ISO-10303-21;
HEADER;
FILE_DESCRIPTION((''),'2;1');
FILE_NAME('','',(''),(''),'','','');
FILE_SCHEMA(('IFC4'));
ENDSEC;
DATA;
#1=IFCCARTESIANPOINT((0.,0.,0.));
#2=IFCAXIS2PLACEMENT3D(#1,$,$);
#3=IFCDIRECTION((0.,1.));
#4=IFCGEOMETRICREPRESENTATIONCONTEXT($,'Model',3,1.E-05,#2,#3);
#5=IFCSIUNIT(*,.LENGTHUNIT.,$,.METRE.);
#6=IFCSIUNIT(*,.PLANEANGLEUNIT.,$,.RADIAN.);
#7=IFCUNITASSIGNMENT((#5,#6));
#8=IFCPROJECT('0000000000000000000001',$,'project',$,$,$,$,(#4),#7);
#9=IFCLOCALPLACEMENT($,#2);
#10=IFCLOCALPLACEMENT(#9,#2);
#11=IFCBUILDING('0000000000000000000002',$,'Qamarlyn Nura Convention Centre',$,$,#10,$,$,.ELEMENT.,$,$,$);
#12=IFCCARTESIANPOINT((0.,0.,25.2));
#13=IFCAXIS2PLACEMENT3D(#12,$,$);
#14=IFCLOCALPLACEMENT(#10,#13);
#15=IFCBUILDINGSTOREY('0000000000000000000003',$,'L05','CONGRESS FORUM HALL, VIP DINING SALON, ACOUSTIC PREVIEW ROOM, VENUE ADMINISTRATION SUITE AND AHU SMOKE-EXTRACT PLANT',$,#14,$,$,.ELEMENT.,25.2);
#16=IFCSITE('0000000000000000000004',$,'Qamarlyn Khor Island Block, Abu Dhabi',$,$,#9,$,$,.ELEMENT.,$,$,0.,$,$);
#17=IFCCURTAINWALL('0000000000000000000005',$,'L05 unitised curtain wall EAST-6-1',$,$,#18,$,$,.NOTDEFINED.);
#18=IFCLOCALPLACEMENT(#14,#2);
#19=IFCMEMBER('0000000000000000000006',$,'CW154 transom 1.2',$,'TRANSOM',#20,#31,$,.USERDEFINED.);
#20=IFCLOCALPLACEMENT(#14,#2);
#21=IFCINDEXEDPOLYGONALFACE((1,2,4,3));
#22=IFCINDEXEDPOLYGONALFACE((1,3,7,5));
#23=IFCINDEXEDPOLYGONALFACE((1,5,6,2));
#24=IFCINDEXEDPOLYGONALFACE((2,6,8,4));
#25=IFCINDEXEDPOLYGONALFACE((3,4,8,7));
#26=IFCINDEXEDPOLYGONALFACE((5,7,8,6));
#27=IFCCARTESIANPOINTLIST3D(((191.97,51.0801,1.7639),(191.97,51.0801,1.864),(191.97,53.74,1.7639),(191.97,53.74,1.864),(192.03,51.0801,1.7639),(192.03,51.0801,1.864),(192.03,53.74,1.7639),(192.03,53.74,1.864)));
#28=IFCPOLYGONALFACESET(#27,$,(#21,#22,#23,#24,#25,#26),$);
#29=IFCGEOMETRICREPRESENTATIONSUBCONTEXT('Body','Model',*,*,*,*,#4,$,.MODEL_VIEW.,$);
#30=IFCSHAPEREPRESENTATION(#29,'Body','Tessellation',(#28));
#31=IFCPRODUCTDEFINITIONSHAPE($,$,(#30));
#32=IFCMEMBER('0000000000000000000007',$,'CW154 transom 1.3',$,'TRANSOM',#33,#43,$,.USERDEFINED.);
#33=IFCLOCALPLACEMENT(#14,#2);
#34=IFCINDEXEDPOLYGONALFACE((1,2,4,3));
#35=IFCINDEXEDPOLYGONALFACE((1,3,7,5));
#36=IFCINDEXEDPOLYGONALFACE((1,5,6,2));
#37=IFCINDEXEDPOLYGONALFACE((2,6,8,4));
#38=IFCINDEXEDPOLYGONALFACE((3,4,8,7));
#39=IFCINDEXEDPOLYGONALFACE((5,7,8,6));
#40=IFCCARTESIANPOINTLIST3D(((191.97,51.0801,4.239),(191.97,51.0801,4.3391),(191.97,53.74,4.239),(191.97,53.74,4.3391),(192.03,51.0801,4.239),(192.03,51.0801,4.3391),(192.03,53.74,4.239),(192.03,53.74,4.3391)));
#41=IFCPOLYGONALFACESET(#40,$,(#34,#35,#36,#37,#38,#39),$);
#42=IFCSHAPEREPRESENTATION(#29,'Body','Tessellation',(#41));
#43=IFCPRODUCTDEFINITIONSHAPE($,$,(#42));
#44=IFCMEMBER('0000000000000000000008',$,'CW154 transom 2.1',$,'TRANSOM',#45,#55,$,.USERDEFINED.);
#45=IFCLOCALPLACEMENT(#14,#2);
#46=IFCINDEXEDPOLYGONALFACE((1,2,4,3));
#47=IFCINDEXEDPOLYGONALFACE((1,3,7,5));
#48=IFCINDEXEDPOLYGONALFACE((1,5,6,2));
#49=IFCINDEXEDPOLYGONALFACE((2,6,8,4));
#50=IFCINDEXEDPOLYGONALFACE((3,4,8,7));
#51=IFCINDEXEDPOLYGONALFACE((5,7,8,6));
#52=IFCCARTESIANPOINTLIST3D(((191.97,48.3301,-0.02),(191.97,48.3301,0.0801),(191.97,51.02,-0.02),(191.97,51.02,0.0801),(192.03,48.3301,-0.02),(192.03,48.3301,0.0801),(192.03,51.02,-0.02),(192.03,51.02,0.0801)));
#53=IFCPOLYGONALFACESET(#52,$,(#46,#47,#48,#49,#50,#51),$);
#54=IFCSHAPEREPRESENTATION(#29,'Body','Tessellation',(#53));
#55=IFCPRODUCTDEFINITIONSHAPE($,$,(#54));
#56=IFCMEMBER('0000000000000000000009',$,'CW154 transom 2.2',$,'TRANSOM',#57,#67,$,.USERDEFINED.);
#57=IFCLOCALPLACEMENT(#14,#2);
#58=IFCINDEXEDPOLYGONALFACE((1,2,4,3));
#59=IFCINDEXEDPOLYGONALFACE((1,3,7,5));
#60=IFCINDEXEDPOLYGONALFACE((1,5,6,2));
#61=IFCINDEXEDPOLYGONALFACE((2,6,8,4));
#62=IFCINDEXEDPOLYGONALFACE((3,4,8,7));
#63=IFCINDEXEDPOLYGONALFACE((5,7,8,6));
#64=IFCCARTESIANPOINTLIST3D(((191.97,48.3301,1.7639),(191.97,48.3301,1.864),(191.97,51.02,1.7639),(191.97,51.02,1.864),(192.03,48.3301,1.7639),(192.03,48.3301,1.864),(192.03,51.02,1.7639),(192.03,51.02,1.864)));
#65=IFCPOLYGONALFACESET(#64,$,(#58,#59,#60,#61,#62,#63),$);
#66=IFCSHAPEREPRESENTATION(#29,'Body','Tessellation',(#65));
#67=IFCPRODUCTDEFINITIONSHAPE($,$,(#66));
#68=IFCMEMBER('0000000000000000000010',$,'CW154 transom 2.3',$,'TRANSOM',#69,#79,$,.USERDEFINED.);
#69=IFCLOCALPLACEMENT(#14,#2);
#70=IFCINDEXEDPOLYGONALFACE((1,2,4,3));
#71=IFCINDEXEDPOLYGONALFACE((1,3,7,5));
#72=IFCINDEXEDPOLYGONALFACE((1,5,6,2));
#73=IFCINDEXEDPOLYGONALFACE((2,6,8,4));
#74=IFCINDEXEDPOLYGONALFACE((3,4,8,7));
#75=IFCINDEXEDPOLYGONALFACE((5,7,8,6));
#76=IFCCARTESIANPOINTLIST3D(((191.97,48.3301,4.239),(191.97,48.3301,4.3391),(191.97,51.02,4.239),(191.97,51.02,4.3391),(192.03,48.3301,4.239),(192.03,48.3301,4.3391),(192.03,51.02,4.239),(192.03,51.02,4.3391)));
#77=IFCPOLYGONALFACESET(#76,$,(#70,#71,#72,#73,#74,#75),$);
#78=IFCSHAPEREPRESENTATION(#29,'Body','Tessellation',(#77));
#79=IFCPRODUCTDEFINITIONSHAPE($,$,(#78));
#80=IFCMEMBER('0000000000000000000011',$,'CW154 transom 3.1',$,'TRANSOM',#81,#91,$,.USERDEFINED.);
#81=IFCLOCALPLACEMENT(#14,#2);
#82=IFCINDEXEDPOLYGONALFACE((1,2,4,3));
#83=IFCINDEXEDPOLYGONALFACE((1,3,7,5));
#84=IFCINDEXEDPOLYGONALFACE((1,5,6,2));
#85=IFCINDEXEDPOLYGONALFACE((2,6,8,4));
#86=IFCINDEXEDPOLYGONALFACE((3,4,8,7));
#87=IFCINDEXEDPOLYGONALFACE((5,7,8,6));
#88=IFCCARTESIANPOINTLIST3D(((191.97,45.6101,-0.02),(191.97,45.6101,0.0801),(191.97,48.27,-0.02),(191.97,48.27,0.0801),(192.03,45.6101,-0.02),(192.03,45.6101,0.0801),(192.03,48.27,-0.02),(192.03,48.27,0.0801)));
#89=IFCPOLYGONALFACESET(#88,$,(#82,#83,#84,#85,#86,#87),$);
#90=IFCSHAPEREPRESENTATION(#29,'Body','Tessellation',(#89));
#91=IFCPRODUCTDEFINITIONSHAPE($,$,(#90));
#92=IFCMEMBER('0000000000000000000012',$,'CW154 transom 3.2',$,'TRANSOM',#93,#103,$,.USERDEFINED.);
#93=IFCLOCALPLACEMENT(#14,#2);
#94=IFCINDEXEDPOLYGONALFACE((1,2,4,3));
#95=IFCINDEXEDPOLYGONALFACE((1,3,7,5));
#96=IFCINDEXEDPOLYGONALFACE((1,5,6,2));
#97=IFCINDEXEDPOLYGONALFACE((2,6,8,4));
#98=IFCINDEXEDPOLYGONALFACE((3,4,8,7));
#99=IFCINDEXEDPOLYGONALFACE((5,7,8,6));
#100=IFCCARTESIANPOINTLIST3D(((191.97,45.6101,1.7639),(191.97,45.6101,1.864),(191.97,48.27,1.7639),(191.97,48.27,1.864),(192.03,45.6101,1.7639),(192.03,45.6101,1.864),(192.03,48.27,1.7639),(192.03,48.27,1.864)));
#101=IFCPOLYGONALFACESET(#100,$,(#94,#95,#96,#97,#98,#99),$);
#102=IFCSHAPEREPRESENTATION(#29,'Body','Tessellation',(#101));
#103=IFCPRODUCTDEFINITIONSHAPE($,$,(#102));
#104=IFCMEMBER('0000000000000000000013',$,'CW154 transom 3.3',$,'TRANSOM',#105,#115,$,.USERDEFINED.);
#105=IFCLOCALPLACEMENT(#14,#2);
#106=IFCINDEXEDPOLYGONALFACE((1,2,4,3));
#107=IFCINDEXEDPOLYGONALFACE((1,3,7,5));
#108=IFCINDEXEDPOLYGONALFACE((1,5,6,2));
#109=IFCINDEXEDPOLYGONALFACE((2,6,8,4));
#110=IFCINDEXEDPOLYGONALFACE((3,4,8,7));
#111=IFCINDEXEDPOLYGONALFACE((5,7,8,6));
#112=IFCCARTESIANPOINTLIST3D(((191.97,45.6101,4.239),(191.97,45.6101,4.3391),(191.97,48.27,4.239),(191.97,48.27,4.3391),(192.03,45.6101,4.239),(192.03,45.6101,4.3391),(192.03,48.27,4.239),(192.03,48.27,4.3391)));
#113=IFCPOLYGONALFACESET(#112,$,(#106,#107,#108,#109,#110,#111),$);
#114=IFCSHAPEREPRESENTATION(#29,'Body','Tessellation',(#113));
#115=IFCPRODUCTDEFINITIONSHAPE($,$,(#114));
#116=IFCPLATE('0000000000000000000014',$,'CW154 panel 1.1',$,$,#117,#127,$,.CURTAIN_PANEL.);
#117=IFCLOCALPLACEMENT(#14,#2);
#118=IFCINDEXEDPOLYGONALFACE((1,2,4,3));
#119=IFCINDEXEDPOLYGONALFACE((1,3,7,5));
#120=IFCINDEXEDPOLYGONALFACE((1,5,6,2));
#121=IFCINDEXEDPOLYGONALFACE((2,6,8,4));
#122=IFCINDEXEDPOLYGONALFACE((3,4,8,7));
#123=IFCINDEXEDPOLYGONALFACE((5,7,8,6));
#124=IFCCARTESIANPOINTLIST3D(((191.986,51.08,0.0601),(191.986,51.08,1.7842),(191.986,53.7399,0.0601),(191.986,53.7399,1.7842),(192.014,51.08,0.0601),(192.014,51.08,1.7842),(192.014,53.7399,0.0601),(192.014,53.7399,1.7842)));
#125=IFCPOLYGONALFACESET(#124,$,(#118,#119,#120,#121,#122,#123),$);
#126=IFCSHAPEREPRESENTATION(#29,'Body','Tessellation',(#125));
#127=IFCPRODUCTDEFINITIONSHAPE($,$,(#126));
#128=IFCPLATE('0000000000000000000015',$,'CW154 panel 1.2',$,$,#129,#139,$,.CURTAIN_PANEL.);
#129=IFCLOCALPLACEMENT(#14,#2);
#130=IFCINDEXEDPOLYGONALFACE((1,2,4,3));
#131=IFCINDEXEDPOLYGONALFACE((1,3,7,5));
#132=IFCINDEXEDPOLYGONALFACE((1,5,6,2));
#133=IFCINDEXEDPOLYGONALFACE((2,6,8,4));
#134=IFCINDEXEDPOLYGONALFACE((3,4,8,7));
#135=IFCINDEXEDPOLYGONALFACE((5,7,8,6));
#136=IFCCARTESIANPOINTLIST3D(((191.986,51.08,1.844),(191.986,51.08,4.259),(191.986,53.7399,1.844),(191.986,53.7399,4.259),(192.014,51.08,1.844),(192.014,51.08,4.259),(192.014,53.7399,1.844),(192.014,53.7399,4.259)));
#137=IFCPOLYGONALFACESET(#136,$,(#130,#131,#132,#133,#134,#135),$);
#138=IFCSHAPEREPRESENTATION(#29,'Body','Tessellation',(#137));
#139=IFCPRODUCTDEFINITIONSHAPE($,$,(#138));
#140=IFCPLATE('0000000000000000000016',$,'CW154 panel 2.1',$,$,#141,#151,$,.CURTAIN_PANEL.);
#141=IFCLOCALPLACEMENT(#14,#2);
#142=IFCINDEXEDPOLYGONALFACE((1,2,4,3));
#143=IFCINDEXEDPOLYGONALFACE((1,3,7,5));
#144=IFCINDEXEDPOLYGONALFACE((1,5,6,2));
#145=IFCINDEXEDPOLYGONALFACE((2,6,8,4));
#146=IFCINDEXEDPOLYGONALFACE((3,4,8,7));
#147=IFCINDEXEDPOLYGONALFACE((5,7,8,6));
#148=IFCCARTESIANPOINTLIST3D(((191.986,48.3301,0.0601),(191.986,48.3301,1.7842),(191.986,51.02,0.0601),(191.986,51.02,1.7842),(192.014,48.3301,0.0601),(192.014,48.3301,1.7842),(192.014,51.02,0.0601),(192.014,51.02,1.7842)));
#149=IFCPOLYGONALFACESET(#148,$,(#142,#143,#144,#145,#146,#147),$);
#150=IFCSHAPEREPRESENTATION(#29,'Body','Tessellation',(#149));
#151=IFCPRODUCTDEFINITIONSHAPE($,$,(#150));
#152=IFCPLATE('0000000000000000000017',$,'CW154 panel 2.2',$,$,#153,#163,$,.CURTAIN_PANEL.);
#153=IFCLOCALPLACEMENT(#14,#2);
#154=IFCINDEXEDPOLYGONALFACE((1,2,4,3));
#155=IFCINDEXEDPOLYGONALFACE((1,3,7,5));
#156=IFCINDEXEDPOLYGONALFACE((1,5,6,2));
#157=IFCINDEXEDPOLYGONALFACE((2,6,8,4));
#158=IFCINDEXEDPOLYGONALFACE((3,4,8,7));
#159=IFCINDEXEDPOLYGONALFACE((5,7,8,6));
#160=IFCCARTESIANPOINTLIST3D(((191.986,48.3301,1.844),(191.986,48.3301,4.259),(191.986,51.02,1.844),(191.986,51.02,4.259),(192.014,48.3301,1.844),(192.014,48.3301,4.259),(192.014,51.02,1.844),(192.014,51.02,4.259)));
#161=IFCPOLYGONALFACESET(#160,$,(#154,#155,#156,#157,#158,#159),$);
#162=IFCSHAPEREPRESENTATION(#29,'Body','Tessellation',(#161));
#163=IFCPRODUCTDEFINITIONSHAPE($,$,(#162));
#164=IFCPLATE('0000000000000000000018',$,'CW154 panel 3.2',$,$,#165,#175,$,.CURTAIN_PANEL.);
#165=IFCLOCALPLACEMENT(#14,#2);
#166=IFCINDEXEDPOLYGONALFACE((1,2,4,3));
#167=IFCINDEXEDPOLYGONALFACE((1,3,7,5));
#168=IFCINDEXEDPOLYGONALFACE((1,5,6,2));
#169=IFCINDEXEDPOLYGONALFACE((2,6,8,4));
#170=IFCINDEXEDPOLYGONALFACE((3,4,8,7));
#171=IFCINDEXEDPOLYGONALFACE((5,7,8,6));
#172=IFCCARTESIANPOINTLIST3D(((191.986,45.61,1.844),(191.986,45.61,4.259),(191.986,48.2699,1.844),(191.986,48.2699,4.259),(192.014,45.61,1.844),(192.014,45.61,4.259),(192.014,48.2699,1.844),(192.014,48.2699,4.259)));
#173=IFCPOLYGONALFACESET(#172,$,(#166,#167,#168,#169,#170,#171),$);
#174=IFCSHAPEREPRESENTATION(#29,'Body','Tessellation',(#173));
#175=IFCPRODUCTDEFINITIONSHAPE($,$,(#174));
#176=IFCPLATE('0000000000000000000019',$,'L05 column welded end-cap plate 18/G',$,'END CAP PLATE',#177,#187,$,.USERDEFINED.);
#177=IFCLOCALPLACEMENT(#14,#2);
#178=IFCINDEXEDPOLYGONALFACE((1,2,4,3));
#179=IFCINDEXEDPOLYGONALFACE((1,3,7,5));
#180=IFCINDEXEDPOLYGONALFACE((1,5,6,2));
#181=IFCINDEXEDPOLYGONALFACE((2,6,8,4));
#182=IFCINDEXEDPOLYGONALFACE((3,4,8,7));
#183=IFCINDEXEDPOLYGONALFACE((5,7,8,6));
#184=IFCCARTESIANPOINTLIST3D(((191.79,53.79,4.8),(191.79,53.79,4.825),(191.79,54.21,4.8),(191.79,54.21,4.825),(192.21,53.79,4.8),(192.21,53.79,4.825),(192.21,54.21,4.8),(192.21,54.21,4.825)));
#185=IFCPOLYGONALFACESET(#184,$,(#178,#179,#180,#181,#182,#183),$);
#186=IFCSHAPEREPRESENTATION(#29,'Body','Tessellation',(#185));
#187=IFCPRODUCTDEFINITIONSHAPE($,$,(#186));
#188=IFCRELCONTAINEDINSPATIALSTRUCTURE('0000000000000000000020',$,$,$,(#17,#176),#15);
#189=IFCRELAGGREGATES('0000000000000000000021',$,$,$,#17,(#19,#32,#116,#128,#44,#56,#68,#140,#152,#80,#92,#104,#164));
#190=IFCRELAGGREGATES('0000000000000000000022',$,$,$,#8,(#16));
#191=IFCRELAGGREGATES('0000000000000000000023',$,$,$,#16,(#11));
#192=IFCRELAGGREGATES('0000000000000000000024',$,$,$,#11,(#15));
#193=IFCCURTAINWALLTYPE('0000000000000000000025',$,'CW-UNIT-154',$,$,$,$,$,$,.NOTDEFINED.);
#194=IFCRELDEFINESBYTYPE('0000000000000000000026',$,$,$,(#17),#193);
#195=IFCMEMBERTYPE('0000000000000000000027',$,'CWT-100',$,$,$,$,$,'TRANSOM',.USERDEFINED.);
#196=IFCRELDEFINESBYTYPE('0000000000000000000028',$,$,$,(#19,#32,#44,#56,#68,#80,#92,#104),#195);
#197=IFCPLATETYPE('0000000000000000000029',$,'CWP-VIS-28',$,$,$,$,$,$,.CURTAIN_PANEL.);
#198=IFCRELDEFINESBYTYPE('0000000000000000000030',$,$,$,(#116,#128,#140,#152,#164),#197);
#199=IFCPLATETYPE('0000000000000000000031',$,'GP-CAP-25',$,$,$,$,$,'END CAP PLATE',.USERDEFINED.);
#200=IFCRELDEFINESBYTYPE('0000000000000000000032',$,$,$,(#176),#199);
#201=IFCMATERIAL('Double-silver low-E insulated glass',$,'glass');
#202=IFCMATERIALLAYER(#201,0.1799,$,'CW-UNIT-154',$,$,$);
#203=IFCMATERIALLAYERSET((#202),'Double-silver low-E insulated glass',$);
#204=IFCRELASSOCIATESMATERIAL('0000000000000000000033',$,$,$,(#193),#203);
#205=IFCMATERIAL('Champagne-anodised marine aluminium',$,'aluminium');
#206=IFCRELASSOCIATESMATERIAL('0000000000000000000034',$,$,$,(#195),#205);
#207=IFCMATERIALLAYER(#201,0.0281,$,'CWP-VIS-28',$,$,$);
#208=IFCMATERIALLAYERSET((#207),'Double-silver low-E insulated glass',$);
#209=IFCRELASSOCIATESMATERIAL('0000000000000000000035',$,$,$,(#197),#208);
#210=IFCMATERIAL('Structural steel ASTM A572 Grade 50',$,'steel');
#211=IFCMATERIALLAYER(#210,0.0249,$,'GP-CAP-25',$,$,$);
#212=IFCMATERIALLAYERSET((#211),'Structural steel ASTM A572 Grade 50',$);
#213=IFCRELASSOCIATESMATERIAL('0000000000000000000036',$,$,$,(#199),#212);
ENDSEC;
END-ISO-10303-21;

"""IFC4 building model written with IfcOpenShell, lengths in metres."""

from ifc_helpers import new_model, si_unit, direction, frame, origin, origin_2d, place, context, subcontext, project, spatial, rectangle, extrude, material, layer, layer_set, material_profile, profile_set, type_object, element, aggregate, save


model = new_model("IFC4")

# Units and contexts
model_context = context("Model", 3, precision=1e-05, world=origin(), true_north=direction((0.0, 1.0)))
body_context = subcontext(model_context, "Body", "Model", "MODEL_VIEW")
ifc_project = project(units=[si_unit("LENGTHUNIT", "METRE"), si_unit("PLANEANGLEUNIT", "RADIAN")], contexts=[model_context])

# Site, building, storey
site_placement = place(None, origin())
site = spatial("IfcSite", under=ifc_project, at=site_placement, Name="Qamarlyn Khor Island Block, Abu Dhabi", CompositionType="ELEMENT", RefElevation=0.0)
building_placement = place(site_placement, origin())
building = spatial("IfcBuilding", under=site, at=building_placement, Name="Qamarlyn Nura Convention Centre", CompositionType="ELEMENT")
storey_placement = place(building_placement, frame((0.0, 0.0, 25.2)))
storey = spatial("IfcBuildingStorey", under=building, at=storey_placement, Name="L05", Description="CONGRESS FORUM HALL, VIP DINING SALON, ACOUSTIC PREVIEW ROOM, VENUE ADMINISTRATION SUITE AND AHU SMOKE-EXTRACT PLANT", CompositionType="ELEMENT", Elevation=25.2)

# Curtain wall, members, plates
ifc_material_1 = material(Name="Double-silver low-E insulated glass", Category="glass")
ifc_layer_1 = layer(ifc_material_1, 0.1799, Name="CW-UNIT-154")
ifc_layer_set_1 = layer_set([ifc_layer_1], Name="Double-silver low-E insulated glass")
curtain_wall_type = type_object("IfcCurtainWallType", Name="CW-UNIT-154", PredefinedType="NOTDEFINED", material=ifc_layer_set_1)
curtain_wall_placement = place(storey_placement, origin())
curtain_wall = element("IfcCurtainWall", 1, at=curtain_wall_placement, inside=storey, type_object=curtain_wall_type, Name="L05 unitised curtain wall EAST-6-1", PredefinedType="NOTDEFINED")
ifc_material_2 = material(Name="Champagne-anodised marine aluminium", Category="aluminium")
ifc_material_profile_1 = material_profile(ifc_material_2, rectangle(XDim=0.0601, YDim=0.1001, at=origin_2d()), Name="ALU TRANSOM 60x100")
ifc_profile_set_1 = profile_set([ifc_material_profile_1], Name="Champagne-anodised marine aluminium")
member_type_1 = type_object("IfcMemberType", Name="CWT-100", ElementType="TRANSOM", PredefinedType="USERDEFINED", material=ifc_profile_set_1)
member_1_placement = place(storey_placement, frame((192.0, 53.74, 1.814), z_axis=(0.0, -1.0, 0.0), x_axis=(1.0, 0.0, 0.0)))
member_1 = element("IfcMember", 2, at=member_1_placement, type_object=member_type_1, Name="CW154 transom 1.2", ObjectType="TRANSOM", PredefinedType="USERDEFINED", context=body_context, shape_type="SweptSolid", body=[
    extrude(rectangle(XDim=0.0601, YDim=0.1001, at=origin_2d()), origin(), (0.0, 0.0, 1.0), 2.6599),
])
member_2_placement = place(storey_placement, frame((192.0, 53.74, 4.2891), z_axis=(0.0, -1.0, 0.0), x_axis=(1.0, 0.0, 0.0)))
member_2 = element("IfcMember", 3, at=member_2_placement, type_object=member_type_1, Name="CW154 transom 1.3", ObjectType="TRANSOM", PredefinedType="USERDEFINED", context=body_context, shape_type="SweptSolid", body=[
    extrude(rectangle(XDim=0.0601, YDim=0.1001, at=origin_2d()), origin(), (0.0, 0.0, 1.0), 2.6599),
])
member_3_placement = place(storey_placement, frame((192.0, 51.02, 0.03), z_axis=(0.0, -1.0, 0.0), x_axis=(1.0, 0.0, 0.0)))
member_3 = element("IfcMember", 4, at=member_3_placement, type_object=member_type_1, Name="CW154 transom 2.1", ObjectType="TRANSOM", PredefinedType="USERDEFINED", context=body_context, shape_type="SweptSolid", body=[
    extrude(rectangle(XDim=0.0601, YDim=0.1001, at=origin_2d()), origin(), (0.0, 0.0, 1.0), 2.6899),
])
member_4_placement = place(storey_placement, frame((192.0, 51.02, 1.814), z_axis=(0.0, -1.0, 0.0), x_axis=(1.0, 0.0, 0.0)))
member_4 = element("IfcMember", 5, at=member_4_placement, type_object=member_type_1, Name="CW154 transom 2.2", ObjectType="TRANSOM", PredefinedType="USERDEFINED", context=body_context, shape_type="SweptSolid", body=[
    extrude(rectangle(XDim=0.0601, YDim=0.1001, at=origin_2d()), origin(), (0.0, 0.0, 1.0), 2.6899),
])
member_5_placement = place(storey_placement, frame((192.0, 51.02, 4.2891), z_axis=(0.0, -1.0, 0.0), x_axis=(1.0, 0.0, 0.0)))
member_5 = element("IfcMember", 6, at=member_5_placement, type_object=member_type_1, Name="CW154 transom 2.3", ObjectType="TRANSOM", PredefinedType="USERDEFINED", context=body_context, shape_type="SweptSolid", body=[
    extrude(rectangle(XDim=0.0601, YDim=0.1001, at=origin_2d()), origin(), (0.0, 0.0, 1.0), 2.6899),
])
member_6_placement = place(storey_placement, frame((192.0, 48.27, 0.03), z_axis=(0.0, -1.0, 0.0), x_axis=(1.0, 0.0, 0.0)))
member_6 = element("IfcMember", 7, at=member_6_placement, type_object=member_type_1, Name="CW154 transom 3.1", ObjectType="TRANSOM", PredefinedType="USERDEFINED", context=body_context, shape_type="SweptSolid", body=[
    extrude(rectangle(XDim=0.0601, YDim=0.1001, at=origin_2d()), origin(), (0.0, 0.0, 1.0), 2.6599),
])
member_7_placement = place(storey_placement, frame((192.0, 48.27, 1.814), z_axis=(0.0, -1.0, 0.0), x_axis=(1.0, 0.0, 0.0)))
member_7 = element("IfcMember", 8, at=member_7_placement, type_object=member_type_1, Name="CW154 transom 3.2", ObjectType="TRANSOM", PredefinedType="USERDEFINED", context=body_context, shape_type="SweptSolid", body=[
    extrude(rectangle(XDim=0.0601, YDim=0.1001, at=origin_2d()), origin(), (0.0, 0.0, 1.0), 2.6599),
])
member_8_placement = place(storey_placement, frame((192.0, 48.27, 4.2891), z_axis=(0.0, -1.0, 0.0), x_axis=(1.0, 0.0, 0.0)))
member_8 = element("IfcMember", 9, at=member_8_placement, type_object=member_type_1, Name="CW154 transom 3.3", ObjectType="TRANSOM", PredefinedType="USERDEFINED", context=body_context, shape_type="SweptSolid", body=[
    extrude(rectangle(XDim=0.0601, YDim=0.1001, at=origin_2d()), origin(), (0.0, 0.0, 1.0), 2.6599),
])
ifc_layer_2 = layer(ifc_material_1, 0.0281, Name="CWP-VIS-28")
ifc_layer_set_2 = layer_set([ifc_layer_2], Name="Double-silver low-E insulated glass")
plate_type_1 = type_object("IfcPlateType", Name="CWP-VIS-28", PredefinedType="CURTAIN_PANEL", material=ifc_layer_set_2)
plate_1_placement = place(storey_placement, frame((192.0, 52.4099, 0.0601), z_axis=(0.0, 0.0, 1.0), x_axis=(0.0, -1.0, 0.0)))
plate_1 = element("IfcPlate", 10, at=plate_1_placement, type_object=plate_type_1, Name="CW154 panel 1.1", PredefinedType="CURTAIN_PANEL", context=body_context, shape_type="SweptSolid", body=[
    extrude(rectangle(XDim=2.6599, YDim=0.0281, at=origin_2d()), origin(), (0.0, 0.0, 1.0), 1.7241),
])
plate_2_placement = place(storey_placement, frame((192.0, 52.4099, 1.844), z_axis=(0.0, 0.0, 1.0), x_axis=(0.0, -1.0, 0.0)))
plate_2 = element("IfcPlate", 11, at=plate_2_placement, type_object=plate_type_1, Name="CW154 panel 1.2", PredefinedType="CURTAIN_PANEL", context=body_context, shape_type="SweptSolid", body=[
    extrude(rectangle(XDim=2.6599, YDim=0.0281, at=origin_2d()), origin(), (0.0, 0.0, 1.0), 2.415),
])
plate_3_placement = place(storey_placement, frame((192.0, 49.675, 0.0601), z_axis=(0.0, 0.0, 1.0), x_axis=(0.0, -1.0, 0.0)))
plate_3 = element("IfcPlate", 12, at=plate_3_placement, type_object=plate_type_1, Name="CW154 panel 2.1", PredefinedType="CURTAIN_PANEL", context=body_context, shape_type="SweptSolid", body=[
    extrude(rectangle(XDim=2.6899, YDim=0.0281, at=origin_2d()), origin(), (0.0, 0.0, 1.0), 1.7241),
])
plate_4_placement = place(storey_placement, frame((192.0, 49.675, 1.844), z_axis=(0.0, 0.0, 1.0), x_axis=(0.0, -1.0, 0.0)))
plate_4 = element("IfcPlate", 13, at=plate_4_placement, type_object=plate_type_1, Name="CW154 panel 2.2", PredefinedType="CURTAIN_PANEL", context=body_context, shape_type="SweptSolid", body=[
    extrude(rectangle(XDim=2.6899, YDim=0.0281, at=origin_2d()), origin(), (0.0, 0.0, 1.0), 2.415),
])
plate_5_placement = place(storey_placement, frame((192.0, 46.9399, 1.844), z_axis=(0.0, 0.0, 1.0), x_axis=(0.0, -1.0, 0.0)))
plate_5 = element("IfcPlate", 14, at=plate_5_placement, type_object=plate_type_1, Name="CW154 panel 3.2", PredefinedType="CURTAIN_PANEL", context=body_context, shape_type="SweptSolid", body=[
    extrude(rectangle(XDim=2.6599, YDim=0.0281, at=origin_2d()), origin(), (0.0, 0.0, 1.0), 2.415),
])
aggregate(curtain_wall, [member_1, member_2, plate_1, plate_2, member_3, member_4, member_5, plate_3, plate_4, member_6, member_7, member_8, plate_5])

# Plate
ifc_material_3 = material(Name="Structural steel ASTM A572 Grade 50", Category="steel")
ifc_layer_3 = layer(ifc_material_3, 0.0249, Name="GP-CAP-25")
ifc_layer_set_3 = layer_set([ifc_layer_3], Name="Structural steel ASTM A572 Grade 50")
plate_type_2 = type_object("IfcPlateType", Name="GP-CAP-25", ElementType="END CAP PLATE", PredefinedType="USERDEFINED", material=ifc_layer_set_3)
plate_6_placement = place(storey_placement, frame((192.0, 54.0, 4.8), z_axis=(0.0, 0.0, 1.0), x_axis=(1.0, 0.0, 0.0)))
element("IfcPlate", 15, at=plate_6_placement, inside=storey, type_object=plate_type_2, Name="L05 column welded end-cap plate 18/G", ObjectType="END CAP PLATE", PredefinedType="USERDEFINED", context=body_context, shape_type="SweptSolid", body=[
    extrude(rectangle(XDim=0.4199, YDim=0.4199, at=origin_2d()), origin(), (0.0, 0.0, 1.0), 0.0249),
])

save(model, "model.ifc")
